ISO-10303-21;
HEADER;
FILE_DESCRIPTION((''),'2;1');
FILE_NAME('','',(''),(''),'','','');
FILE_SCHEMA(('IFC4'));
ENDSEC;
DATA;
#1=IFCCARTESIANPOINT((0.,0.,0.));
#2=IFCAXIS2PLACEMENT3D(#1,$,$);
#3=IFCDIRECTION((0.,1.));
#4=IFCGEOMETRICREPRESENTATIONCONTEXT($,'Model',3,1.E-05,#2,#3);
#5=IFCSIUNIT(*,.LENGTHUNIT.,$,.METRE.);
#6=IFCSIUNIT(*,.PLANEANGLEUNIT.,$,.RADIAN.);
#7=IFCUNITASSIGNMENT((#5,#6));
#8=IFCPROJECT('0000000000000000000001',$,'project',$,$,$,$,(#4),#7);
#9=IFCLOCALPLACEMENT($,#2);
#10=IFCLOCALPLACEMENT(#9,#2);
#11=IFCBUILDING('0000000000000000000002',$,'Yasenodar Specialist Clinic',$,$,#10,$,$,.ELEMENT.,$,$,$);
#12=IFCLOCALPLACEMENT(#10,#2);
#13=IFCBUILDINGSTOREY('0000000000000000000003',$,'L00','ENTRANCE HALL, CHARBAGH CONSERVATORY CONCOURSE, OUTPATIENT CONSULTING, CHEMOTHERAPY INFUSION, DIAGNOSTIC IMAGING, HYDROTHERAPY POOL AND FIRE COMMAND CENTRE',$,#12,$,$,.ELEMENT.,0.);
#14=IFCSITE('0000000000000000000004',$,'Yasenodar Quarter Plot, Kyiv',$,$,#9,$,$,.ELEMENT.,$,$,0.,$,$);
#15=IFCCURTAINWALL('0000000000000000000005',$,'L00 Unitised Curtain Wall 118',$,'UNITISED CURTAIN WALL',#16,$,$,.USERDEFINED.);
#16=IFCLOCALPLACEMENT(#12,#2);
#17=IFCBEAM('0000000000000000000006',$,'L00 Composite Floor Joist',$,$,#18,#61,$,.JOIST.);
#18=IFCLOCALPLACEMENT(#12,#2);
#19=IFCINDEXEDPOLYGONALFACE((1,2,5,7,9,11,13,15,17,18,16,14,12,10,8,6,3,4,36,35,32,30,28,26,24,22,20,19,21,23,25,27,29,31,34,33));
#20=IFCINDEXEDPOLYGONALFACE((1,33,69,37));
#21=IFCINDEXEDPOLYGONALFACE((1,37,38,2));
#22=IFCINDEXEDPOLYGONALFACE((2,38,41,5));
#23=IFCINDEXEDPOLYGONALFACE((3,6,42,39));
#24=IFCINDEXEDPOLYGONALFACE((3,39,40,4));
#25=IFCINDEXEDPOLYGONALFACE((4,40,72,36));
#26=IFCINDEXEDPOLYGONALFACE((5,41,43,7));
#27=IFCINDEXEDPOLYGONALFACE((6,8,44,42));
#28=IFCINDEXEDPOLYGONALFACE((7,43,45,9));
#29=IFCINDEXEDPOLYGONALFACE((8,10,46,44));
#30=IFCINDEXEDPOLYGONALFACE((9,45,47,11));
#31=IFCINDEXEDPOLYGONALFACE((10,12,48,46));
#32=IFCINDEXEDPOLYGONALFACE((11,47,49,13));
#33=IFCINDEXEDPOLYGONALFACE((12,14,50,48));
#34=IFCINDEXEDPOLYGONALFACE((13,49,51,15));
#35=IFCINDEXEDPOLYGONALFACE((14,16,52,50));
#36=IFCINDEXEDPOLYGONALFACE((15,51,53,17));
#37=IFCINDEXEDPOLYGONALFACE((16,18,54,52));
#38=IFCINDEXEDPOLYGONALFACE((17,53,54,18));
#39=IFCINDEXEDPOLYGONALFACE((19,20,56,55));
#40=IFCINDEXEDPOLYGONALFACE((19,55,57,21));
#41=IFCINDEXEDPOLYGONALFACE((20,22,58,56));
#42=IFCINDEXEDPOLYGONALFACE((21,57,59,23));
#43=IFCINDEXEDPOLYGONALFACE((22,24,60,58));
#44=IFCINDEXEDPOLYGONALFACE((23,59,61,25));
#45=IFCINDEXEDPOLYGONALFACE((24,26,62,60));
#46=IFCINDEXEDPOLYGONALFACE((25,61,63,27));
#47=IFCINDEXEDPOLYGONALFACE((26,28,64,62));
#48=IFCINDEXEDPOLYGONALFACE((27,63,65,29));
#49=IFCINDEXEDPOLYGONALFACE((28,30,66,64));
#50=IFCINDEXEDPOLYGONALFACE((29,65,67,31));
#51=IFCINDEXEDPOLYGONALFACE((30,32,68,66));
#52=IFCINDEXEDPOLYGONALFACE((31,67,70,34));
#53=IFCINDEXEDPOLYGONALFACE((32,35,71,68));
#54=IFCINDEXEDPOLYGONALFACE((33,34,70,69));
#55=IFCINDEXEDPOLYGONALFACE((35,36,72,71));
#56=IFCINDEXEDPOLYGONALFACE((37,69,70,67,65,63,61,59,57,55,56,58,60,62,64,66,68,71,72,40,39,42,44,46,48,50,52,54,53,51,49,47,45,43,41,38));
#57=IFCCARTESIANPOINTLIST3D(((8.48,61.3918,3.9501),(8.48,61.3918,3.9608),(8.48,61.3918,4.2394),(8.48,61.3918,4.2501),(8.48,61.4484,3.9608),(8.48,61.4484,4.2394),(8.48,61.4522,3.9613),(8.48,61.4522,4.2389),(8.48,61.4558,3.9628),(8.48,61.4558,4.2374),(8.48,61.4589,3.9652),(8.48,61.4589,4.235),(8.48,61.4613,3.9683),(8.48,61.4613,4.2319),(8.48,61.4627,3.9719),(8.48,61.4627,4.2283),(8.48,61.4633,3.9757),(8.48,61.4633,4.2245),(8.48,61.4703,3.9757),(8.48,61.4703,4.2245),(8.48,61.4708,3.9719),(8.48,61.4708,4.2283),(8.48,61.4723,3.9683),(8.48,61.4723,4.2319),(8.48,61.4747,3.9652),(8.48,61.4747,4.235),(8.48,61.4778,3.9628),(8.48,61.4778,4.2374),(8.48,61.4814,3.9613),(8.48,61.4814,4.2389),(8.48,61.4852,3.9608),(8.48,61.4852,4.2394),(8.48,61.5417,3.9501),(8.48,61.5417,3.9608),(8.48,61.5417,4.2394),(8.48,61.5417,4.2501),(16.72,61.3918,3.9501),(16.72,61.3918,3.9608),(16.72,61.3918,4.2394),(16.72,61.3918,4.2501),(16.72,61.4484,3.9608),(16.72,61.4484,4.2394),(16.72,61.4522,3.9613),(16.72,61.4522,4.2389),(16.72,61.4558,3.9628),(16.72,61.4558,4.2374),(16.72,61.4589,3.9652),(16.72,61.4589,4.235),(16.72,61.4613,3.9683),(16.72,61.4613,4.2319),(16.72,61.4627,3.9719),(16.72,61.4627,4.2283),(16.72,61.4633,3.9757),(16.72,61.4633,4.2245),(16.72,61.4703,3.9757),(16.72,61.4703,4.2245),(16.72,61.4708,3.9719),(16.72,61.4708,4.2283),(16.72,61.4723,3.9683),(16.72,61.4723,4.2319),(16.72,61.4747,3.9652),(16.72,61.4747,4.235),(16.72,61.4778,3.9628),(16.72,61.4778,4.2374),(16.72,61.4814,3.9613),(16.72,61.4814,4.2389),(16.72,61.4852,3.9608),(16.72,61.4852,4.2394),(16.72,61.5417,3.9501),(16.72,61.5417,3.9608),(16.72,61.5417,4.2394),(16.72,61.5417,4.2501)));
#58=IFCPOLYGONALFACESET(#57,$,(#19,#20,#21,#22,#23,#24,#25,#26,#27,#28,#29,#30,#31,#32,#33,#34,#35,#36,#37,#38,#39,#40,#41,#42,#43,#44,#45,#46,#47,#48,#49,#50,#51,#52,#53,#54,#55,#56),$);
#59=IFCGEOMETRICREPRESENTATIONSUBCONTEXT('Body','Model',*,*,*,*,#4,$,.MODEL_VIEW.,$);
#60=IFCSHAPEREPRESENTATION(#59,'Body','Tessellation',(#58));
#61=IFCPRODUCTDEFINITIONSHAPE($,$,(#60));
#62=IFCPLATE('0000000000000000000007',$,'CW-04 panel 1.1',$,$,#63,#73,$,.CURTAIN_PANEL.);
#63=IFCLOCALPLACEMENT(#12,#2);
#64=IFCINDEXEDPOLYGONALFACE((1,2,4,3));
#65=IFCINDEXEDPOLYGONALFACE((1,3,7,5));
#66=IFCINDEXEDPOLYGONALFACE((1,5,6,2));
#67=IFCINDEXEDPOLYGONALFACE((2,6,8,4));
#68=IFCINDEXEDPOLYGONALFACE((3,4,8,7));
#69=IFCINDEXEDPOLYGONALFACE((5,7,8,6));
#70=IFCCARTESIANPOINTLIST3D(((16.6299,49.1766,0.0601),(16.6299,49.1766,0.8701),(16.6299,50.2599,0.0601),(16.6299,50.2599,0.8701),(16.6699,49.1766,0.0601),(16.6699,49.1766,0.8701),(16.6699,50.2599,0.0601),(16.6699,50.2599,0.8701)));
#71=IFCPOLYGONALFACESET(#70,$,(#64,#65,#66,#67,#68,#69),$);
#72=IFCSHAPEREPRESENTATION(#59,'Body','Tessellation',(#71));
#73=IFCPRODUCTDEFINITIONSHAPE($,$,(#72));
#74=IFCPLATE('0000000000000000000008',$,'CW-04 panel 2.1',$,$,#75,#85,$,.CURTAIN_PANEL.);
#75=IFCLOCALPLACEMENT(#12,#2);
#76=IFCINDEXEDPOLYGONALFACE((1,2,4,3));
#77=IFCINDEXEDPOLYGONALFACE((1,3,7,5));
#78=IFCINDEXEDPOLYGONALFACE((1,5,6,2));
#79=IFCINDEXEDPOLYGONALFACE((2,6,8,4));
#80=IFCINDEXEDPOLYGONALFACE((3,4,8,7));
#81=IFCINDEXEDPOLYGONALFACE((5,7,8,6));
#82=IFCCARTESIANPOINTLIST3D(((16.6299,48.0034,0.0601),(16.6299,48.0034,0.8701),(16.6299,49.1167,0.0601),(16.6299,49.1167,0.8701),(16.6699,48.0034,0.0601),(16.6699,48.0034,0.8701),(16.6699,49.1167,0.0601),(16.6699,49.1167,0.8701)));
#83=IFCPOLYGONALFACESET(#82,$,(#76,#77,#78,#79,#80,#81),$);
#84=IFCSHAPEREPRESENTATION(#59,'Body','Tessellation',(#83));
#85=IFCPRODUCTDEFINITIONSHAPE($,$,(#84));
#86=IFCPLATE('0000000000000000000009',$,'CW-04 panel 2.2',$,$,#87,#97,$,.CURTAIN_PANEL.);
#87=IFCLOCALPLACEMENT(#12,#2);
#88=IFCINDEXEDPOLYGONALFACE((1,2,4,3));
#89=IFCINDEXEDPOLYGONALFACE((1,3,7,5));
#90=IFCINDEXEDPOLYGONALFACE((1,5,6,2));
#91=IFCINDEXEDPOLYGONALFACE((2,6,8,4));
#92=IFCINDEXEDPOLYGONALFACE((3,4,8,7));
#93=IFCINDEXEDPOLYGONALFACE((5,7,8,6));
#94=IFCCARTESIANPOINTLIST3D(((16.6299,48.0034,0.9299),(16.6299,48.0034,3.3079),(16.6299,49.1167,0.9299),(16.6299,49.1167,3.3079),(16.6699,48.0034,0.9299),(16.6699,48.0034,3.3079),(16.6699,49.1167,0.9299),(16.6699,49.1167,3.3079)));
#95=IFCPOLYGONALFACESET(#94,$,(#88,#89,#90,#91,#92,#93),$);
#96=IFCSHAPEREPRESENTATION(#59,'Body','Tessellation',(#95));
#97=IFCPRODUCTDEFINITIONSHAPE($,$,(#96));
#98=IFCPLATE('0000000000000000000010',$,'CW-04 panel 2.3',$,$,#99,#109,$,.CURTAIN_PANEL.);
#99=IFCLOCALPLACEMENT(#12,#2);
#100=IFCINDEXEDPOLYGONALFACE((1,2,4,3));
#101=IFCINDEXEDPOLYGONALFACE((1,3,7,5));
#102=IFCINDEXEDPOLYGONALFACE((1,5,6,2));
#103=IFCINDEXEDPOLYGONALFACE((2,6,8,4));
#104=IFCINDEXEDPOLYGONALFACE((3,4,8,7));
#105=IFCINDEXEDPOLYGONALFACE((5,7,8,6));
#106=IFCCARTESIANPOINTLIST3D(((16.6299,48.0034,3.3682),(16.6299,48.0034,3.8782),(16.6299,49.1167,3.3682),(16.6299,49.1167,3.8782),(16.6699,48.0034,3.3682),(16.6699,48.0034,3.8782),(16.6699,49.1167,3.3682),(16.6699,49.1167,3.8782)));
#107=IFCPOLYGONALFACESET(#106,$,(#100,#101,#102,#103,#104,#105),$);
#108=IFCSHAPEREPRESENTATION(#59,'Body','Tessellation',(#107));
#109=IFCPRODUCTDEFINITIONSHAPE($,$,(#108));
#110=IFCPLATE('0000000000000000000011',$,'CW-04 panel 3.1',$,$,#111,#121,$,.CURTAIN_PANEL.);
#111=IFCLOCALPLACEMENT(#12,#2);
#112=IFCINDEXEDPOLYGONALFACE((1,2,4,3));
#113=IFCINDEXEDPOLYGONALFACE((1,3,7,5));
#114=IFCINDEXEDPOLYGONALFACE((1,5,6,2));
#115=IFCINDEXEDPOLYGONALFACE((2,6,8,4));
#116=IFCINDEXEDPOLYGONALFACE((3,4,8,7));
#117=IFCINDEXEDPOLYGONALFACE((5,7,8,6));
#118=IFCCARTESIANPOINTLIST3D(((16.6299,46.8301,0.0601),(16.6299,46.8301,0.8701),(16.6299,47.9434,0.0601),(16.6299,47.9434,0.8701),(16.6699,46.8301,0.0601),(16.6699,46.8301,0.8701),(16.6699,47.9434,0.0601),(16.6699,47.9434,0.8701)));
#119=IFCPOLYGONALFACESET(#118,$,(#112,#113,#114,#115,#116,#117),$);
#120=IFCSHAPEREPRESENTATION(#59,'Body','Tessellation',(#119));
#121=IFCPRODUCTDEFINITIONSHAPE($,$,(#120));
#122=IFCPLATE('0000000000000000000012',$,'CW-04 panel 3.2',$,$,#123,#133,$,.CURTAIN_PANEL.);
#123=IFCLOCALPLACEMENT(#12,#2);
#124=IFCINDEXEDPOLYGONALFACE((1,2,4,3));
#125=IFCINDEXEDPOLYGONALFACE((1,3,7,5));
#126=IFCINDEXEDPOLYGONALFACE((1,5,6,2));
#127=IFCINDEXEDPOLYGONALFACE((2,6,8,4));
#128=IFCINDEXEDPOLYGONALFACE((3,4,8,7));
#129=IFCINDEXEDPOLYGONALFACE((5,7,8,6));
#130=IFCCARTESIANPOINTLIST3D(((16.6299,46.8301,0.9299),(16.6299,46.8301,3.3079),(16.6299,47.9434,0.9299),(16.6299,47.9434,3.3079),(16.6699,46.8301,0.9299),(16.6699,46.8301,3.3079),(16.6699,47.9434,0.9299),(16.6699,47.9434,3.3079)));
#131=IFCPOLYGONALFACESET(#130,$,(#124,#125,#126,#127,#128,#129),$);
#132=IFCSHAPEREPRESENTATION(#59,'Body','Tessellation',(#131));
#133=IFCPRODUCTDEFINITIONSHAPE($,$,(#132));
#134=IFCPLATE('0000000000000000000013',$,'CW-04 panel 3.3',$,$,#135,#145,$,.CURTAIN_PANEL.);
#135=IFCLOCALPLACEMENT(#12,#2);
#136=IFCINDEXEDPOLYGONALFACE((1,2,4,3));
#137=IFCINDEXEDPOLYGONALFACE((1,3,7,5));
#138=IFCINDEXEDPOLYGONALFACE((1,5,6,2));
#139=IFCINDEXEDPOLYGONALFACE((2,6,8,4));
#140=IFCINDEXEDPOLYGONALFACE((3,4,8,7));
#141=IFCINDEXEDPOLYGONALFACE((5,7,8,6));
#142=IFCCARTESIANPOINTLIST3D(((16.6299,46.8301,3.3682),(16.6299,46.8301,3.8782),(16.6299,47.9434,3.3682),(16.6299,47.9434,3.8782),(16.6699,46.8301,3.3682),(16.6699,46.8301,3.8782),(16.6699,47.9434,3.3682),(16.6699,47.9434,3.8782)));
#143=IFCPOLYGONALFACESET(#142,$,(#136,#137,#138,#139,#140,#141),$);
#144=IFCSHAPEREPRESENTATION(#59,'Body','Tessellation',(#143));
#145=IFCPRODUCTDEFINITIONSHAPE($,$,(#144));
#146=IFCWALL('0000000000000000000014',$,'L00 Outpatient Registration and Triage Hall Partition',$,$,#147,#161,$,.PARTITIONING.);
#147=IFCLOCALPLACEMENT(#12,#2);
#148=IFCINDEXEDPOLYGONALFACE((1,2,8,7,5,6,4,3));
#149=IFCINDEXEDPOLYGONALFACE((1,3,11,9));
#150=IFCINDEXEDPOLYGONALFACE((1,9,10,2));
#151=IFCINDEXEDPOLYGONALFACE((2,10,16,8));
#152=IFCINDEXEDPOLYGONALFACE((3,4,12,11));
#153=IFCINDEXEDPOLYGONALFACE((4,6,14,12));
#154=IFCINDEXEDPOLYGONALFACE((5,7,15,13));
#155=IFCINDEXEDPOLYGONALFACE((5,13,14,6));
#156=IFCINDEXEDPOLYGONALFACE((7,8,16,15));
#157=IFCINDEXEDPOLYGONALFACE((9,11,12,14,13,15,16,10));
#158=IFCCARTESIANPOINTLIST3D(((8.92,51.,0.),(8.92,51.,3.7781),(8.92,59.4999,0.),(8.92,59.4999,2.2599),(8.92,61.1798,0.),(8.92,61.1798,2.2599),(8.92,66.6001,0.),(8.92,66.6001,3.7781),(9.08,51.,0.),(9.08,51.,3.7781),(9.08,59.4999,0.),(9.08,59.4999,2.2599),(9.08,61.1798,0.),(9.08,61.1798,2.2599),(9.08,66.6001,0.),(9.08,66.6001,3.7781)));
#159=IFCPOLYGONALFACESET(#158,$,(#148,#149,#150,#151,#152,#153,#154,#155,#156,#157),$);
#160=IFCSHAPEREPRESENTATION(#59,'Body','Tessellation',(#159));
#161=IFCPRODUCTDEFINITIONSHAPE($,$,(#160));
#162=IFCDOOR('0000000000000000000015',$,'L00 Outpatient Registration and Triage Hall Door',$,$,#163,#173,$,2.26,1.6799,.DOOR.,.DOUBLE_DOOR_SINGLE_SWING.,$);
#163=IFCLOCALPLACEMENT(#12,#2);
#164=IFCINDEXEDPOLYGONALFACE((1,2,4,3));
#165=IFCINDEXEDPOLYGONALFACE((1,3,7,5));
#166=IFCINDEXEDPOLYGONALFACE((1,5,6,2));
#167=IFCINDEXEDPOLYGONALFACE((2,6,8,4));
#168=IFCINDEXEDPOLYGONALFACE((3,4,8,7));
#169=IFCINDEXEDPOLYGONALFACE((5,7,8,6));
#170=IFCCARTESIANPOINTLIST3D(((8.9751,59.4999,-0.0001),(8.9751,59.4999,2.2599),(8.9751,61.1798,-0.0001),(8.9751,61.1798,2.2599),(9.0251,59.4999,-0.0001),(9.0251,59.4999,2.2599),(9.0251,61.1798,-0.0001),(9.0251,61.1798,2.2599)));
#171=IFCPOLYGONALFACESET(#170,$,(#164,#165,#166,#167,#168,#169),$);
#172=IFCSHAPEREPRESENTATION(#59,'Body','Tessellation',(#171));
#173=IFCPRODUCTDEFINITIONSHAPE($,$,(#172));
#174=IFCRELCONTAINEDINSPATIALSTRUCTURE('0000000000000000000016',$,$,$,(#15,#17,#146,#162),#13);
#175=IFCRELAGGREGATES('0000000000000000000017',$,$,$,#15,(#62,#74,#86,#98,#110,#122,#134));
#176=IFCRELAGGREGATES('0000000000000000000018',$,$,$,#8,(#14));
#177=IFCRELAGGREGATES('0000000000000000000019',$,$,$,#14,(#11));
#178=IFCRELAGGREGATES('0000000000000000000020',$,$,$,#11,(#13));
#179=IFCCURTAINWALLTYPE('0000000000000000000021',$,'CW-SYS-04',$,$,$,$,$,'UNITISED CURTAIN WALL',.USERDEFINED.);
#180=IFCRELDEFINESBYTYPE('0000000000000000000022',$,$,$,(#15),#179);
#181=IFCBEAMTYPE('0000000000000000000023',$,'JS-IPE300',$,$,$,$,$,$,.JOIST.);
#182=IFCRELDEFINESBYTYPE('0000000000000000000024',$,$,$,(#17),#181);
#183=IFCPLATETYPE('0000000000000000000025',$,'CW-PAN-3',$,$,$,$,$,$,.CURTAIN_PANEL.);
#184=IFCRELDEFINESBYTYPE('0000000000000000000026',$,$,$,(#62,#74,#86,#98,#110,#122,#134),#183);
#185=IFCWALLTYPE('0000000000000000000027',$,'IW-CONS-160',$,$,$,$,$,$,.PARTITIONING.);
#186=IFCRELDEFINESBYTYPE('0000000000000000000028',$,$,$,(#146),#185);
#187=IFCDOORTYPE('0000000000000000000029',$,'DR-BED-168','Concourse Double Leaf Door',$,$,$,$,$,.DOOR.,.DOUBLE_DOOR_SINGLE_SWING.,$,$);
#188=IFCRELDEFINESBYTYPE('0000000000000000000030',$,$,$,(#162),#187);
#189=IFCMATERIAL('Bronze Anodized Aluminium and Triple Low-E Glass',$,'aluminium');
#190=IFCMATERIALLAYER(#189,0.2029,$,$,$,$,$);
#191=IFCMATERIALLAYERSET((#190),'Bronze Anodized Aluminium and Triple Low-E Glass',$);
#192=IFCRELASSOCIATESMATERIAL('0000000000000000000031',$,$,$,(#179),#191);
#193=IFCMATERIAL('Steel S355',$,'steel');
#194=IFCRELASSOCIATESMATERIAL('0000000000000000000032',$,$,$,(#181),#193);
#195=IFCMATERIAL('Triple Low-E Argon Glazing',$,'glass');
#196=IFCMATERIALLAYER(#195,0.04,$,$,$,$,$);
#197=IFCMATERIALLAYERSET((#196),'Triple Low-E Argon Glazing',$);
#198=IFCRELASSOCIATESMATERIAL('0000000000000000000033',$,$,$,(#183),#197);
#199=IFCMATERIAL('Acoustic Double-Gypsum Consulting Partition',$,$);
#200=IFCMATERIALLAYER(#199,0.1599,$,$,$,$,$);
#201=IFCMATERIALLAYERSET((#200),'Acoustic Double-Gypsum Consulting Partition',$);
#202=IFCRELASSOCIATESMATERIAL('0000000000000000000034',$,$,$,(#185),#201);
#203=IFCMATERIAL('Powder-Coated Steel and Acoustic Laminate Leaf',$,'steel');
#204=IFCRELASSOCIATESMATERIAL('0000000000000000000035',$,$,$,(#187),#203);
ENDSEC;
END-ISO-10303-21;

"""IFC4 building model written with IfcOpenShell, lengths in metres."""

from ifc_helpers import new_model, si_unit, direction, frame, frame_2d, origin, origin_2d, place, context, subcontext, project, spatial, rectangle, i_section, extrude, material, layer, layer_set, material_profile, profile_set, type_object, element, fill, aggregate, save


model = new_model("IFC4")

# Units and contexts
model_context = context("Model", 3, precision=1e-05, world=origin(), true_north=direction((0.0, 1.0)))
body_context = subcontext(model_context, "Body", "Model", "MODEL_VIEW")
ifc_project = project(units=[si_unit("LENGTHUNIT", "METRE"), si_unit("PLANEANGLEUNIT", "RADIAN")], contexts=[model_context])

# Site, building, storey
site_placement = place(None, origin())
site = spatial("IfcSite", under=ifc_project, at=site_placement, Name="Yasenodar Quarter Plot, Kyiv", CompositionType="ELEMENT", RefElevation=0.0)
building_placement = place(site_placement, origin())
building = spatial("IfcBuilding", under=site, at=building_placement, Name="Yasenodar Specialist Clinic", CompositionType="ELEMENT")
storey_placement = place(building_placement, origin())
storey = spatial("IfcBuildingStorey", under=building, at=storey_placement, Name="L00", Description="ENTRANCE HALL, CHARBAGH CONSERVATORY CONCOURSE, OUTPATIENT CONSULTING, CHEMOTHERAPY INFUSION, DIAGNOSTIC IMAGING, HYDROTHERAPY POOL AND FIRE COMMAND CENTRE", CompositionType="ELEMENT", Elevation=0.0)

# Curtain wall
ifc_material_1 = material(Name="Bronze Anodized Aluminium and Triple Low-E Glass", Category="aluminium")
ifc_layer_1 = layer(ifc_material_1, 0.2029)
ifc_layer_set_1 = layer_set([ifc_layer_1], Name="Bronze Anodized Aluminium and Triple Low-E Glass")
curtain_wall_type = type_object("IfcCurtainWallType", Name="CW-SYS-04", ElementType="UNITISED CURTAIN WALL", PredefinedType="USERDEFINED", material=ifc_layer_set_1)
curtain_wall_placement = place(storey_placement, origin())
curtain_wall = element("IfcCurtainWall", 1, at=curtain_wall_placement, inside=storey, type_object=curtain_wall_type, Name="L00 Unitised Curtain Wall 118", ObjectType="UNITISED CURTAIN WALL", PredefinedType="USERDEFINED")

# Beam
ifc_material_2 = material(Name="Steel S355", Category="steel")
ifc_material_profile_1 = material_profile(ifc_material_2, i_section(OverallWidth=0.1499, OverallDepth=0.3, WebThickness=0.0071, FlangeThickness=0.0107, FilletRadius=0.0149, at=origin_2d()), Name="IPE 300")
ifc_profile_set_1 = profile_set([ifc_material_profile_1], Name="Steel S355")
beam_type = type_object("IfcBeamType", Name="JS-IPE300", PredefinedType="JOIST", material=ifc_profile_set_1)
beam_placement = place(storey_placement, frame((8.48, 61.4668, 4.1001), z_axis=(1.0, 0.0, 0.0), x_axis=(0.0, 1.0, 0.0)))
element("IfcBeam", 2, at=beam_placement, inside=storey, type_object=beam_type, Name="L00 Composite Floor Joist", PredefinedType="JOIST", context=body_context, shape_type="SweptSolid", body=[
    extrude(i_section(OverallWidth=0.1499, OverallDepth=0.3, WebThickness=0.0071, FlangeThickness=0.0107, FilletRadius=0.0149, at=origin_2d()), origin(), (0.0, 0.0, 1.0), 8.24),
])

# Plates
ifc_material_3 = material(Name="Triple Low-E Argon Glazing", Category="glass")
ifc_layer_2 = layer(ifc_material_3, 0.04)
ifc_layer_set_2 = layer_set([ifc_layer_2], Name="Triple Low-E Argon Glazing")
plate_type = type_object("IfcPlateType", Name="CW-PAN-3", PredefinedType="CURTAIN_PANEL", material=ifc_layer_set_2)
plate_1_placement = place(storey_placement, frame((16.6499, 49.7183, 0.0601), z_axis=(0.0, 0.0, 1.0), x_axis=(0.0, -1.0, 0.0)))
plate_1 = element("IfcPlate", 3, at=plate_1_placement, type_object=plate_type, Name="CW-04 panel 1.1", PredefinedType="CURTAIN_PANEL", context=body_context, shape_type="SweptSolid", body=[
    extrude(rectangle(XDim=1.0833, YDim=0.04, at=origin_2d()), origin(), (0.0, 0.0, 1.0), 0.8101),
])
plate_2_placement = place(storey_placement, frame((16.6499, 48.5601, 0.0601), z_axis=(0.0, 0.0, 1.0), x_axis=(0.0, -1.0, 0.0)))
plate_2 = element("IfcPlate", 4, at=plate_2_placement, type_object=plate_type, Name="CW-04 panel 2.1", PredefinedType="CURTAIN_PANEL", context=body_context, shape_type="SweptSolid", body=[
    extrude(rectangle(XDim=1.1133, YDim=0.04, at=origin_2d()), origin(), (0.0, 0.0, 1.0), 0.8101),
])
plate_3_placement = place(storey_placement, frame((16.6499, 48.5601, 0.9299), z_axis=(0.0, 0.0, 1.0), x_axis=(0.0, -1.0, 0.0)))
plate_3 = element("IfcPlate", 5, at=plate_3_placement, type_object=plate_type, Name="CW-04 panel 2.2", PredefinedType="CURTAIN_PANEL", context=body_context, shape_type="SweptSolid", body=[
    extrude(rectangle(XDim=1.1133, YDim=0.04, at=origin_2d()), origin(), (0.0, 0.0, 1.0), 2.3779),
])
plate_4_placement = place(storey_placement, frame((16.6499, 48.5601, 3.3682), z_axis=(0.0, 0.0, 1.0), x_axis=(0.0, -1.0, 0.0)))
plate_4 = element("IfcPlate", 6, at=plate_4_placement, type_object=plate_type, Name="CW-04 panel 2.3", PredefinedType="CURTAIN_PANEL", context=body_context, shape_type="SweptSolid", body=[
    extrude(rectangle(XDim=1.1133, YDim=0.04, at=origin_2d()), origin(), (0.0, 0.0, 1.0), 0.51),
])
plate_5_placement = place(storey_placement, frame((16.6499, 47.3867, 0.0601), z_axis=(0.0, 0.0, 1.0), x_axis=(0.0, -1.0, 0.0)))
plate_5 = element("IfcPlate", 7, at=plate_5_placement, type_object=plate_type, Name="CW-04 panel 3.1", PredefinedType="CURTAIN_PANEL", context=body_context, shape_type="SweptSolid", body=[
    extrude(rectangle(XDim=1.1133, YDim=0.04, at=origin_2d()), origin(), (0.0, 0.0, 1.0), 0.8101),
])
plate_6_placement = place(storey_placement, frame((16.6499, 47.3867, 0.9299), z_axis=(0.0, 0.0, 1.0), x_axis=(0.0, -1.0, 0.0)))
plate_6 = element("IfcPlate", 8, at=plate_6_placement, type_object=plate_type, Name="CW-04 panel 3.2", PredefinedType="CURTAIN_PANEL", context=body_context, shape_type="SweptSolid", body=[
    extrude(rectangle(XDim=1.1133, YDim=0.04, at=origin_2d()), origin(), (0.0, 0.0, 1.0), 2.3779),
])
plate_7_placement = place(storey_placement, frame((16.6499, 47.3867, 3.3682), z_axis=(0.0, 0.0, 1.0), x_axis=(0.0, -1.0, 0.0)))
plate_7 = element("IfcPlate", 9, at=plate_7_placement, type_object=plate_type, Name="CW-04 panel 3.3", PredefinedType="CURTAIN_PANEL", context=body_context, shape_type="SweptSolid", body=[
    extrude(rectangle(XDim=1.1133, YDim=0.04, at=origin_2d()), origin(), (0.0, 0.0, 1.0), 0.51),
])
aggregate(curtain_wall, [plate_1, plate_2, plate_3, plate_4, plate_5, plate_6, plate_7])

# Wall, opening, door
ifc_material_4 = material(Name="Acoustic Double-Gypsum Consulting Partition")
ifc_layer_3 = layer(ifc_material_4, 0.1599)
ifc_layer_set_3 = layer_set([ifc_layer_3], Name="Acoustic Double-Gypsum Consulting Partition")
wall_type = type_object("IfcWallType", Name="IW-CONS-160", PredefinedType="PARTITIONING", material=ifc_layer_set_3)
wall_placement = place(storey_placement, frame((9.0, 51.0, 0.0), z_axis=(0.0, 0.0, 1.0), x_axis=(0.0, 1.0, 0.0)))
wall = element("IfcWall", 10, at=wall_placement, inside=storey, type_object=wall_type, Name="L00 Outpatient Registration and Triage Hall Partition", PredefinedType="PARTITIONING", context=body_context, shape_type="SweptSolid", body=[
    extrude(rectangle(XDim=15.6001, YDim=0.1599, at=frame_2d((7.8, 0.0))), origin(), (0.0, 0.0, 1.0), 3.7781),
])
opening_placement = place(wall_placement, frame((8.5, 0.0, 0.0)))
opening = element("IfcOpeningElement", 11, at=opening_placement, cuts=wall, PredefinedType="OPENING", context=body_context, shape_type="SweptSolid", body=[
    extrude(rectangle(XDim=1.6799, YDim=2.26, at=frame_2d((0.8398, 1.1299))), frame((0.0, 0.0898, 0.0), z_axis=(0.0, -1.0, 0.0), x_axis=(1.0, 0.0, 0.0)), (0.0, 0.0, 1.0), 0.1799),
])
ifc_material_5 = material(Name="Powder-Coated Steel and Acoustic Laminate Leaf", Category="steel")
door_type = type_object("IfcDoorType", Name="DR-BED-168", Description="Concourse Double Leaf Door", OperationType="DOUBLE_DOOR_SINGLE_SWING", PredefinedType="DOOR", material=ifc_material_5)
door_placement = place(opening_placement, origin())
door = element("IfcDoor", 12, at=door_placement, inside=storey, type_object=door_type, Name="L00 Outpatient Registration and Triage Hall Door", OperationType="DOUBLE_DOOR_SINGLE_SWING", OverallHeight=2.26, OverallWidth=1.6799, PredefinedType="DOOR", context=body_context, shape_type="SweptSolid", body=[
    extrude(rectangle(XDim=1.6799, YDim=2.26, at=frame_2d((0.8398, 1.1299))), frame((0.0, 0.0249, 0.0), z_axis=(0.0, -1.0, 0.0), x_axis=(1.0, 0.0, 0.0)), (0.0, 0.0, 1.0), 0.05),
])
fill(opening, door)

save(model, "model.ifc")
